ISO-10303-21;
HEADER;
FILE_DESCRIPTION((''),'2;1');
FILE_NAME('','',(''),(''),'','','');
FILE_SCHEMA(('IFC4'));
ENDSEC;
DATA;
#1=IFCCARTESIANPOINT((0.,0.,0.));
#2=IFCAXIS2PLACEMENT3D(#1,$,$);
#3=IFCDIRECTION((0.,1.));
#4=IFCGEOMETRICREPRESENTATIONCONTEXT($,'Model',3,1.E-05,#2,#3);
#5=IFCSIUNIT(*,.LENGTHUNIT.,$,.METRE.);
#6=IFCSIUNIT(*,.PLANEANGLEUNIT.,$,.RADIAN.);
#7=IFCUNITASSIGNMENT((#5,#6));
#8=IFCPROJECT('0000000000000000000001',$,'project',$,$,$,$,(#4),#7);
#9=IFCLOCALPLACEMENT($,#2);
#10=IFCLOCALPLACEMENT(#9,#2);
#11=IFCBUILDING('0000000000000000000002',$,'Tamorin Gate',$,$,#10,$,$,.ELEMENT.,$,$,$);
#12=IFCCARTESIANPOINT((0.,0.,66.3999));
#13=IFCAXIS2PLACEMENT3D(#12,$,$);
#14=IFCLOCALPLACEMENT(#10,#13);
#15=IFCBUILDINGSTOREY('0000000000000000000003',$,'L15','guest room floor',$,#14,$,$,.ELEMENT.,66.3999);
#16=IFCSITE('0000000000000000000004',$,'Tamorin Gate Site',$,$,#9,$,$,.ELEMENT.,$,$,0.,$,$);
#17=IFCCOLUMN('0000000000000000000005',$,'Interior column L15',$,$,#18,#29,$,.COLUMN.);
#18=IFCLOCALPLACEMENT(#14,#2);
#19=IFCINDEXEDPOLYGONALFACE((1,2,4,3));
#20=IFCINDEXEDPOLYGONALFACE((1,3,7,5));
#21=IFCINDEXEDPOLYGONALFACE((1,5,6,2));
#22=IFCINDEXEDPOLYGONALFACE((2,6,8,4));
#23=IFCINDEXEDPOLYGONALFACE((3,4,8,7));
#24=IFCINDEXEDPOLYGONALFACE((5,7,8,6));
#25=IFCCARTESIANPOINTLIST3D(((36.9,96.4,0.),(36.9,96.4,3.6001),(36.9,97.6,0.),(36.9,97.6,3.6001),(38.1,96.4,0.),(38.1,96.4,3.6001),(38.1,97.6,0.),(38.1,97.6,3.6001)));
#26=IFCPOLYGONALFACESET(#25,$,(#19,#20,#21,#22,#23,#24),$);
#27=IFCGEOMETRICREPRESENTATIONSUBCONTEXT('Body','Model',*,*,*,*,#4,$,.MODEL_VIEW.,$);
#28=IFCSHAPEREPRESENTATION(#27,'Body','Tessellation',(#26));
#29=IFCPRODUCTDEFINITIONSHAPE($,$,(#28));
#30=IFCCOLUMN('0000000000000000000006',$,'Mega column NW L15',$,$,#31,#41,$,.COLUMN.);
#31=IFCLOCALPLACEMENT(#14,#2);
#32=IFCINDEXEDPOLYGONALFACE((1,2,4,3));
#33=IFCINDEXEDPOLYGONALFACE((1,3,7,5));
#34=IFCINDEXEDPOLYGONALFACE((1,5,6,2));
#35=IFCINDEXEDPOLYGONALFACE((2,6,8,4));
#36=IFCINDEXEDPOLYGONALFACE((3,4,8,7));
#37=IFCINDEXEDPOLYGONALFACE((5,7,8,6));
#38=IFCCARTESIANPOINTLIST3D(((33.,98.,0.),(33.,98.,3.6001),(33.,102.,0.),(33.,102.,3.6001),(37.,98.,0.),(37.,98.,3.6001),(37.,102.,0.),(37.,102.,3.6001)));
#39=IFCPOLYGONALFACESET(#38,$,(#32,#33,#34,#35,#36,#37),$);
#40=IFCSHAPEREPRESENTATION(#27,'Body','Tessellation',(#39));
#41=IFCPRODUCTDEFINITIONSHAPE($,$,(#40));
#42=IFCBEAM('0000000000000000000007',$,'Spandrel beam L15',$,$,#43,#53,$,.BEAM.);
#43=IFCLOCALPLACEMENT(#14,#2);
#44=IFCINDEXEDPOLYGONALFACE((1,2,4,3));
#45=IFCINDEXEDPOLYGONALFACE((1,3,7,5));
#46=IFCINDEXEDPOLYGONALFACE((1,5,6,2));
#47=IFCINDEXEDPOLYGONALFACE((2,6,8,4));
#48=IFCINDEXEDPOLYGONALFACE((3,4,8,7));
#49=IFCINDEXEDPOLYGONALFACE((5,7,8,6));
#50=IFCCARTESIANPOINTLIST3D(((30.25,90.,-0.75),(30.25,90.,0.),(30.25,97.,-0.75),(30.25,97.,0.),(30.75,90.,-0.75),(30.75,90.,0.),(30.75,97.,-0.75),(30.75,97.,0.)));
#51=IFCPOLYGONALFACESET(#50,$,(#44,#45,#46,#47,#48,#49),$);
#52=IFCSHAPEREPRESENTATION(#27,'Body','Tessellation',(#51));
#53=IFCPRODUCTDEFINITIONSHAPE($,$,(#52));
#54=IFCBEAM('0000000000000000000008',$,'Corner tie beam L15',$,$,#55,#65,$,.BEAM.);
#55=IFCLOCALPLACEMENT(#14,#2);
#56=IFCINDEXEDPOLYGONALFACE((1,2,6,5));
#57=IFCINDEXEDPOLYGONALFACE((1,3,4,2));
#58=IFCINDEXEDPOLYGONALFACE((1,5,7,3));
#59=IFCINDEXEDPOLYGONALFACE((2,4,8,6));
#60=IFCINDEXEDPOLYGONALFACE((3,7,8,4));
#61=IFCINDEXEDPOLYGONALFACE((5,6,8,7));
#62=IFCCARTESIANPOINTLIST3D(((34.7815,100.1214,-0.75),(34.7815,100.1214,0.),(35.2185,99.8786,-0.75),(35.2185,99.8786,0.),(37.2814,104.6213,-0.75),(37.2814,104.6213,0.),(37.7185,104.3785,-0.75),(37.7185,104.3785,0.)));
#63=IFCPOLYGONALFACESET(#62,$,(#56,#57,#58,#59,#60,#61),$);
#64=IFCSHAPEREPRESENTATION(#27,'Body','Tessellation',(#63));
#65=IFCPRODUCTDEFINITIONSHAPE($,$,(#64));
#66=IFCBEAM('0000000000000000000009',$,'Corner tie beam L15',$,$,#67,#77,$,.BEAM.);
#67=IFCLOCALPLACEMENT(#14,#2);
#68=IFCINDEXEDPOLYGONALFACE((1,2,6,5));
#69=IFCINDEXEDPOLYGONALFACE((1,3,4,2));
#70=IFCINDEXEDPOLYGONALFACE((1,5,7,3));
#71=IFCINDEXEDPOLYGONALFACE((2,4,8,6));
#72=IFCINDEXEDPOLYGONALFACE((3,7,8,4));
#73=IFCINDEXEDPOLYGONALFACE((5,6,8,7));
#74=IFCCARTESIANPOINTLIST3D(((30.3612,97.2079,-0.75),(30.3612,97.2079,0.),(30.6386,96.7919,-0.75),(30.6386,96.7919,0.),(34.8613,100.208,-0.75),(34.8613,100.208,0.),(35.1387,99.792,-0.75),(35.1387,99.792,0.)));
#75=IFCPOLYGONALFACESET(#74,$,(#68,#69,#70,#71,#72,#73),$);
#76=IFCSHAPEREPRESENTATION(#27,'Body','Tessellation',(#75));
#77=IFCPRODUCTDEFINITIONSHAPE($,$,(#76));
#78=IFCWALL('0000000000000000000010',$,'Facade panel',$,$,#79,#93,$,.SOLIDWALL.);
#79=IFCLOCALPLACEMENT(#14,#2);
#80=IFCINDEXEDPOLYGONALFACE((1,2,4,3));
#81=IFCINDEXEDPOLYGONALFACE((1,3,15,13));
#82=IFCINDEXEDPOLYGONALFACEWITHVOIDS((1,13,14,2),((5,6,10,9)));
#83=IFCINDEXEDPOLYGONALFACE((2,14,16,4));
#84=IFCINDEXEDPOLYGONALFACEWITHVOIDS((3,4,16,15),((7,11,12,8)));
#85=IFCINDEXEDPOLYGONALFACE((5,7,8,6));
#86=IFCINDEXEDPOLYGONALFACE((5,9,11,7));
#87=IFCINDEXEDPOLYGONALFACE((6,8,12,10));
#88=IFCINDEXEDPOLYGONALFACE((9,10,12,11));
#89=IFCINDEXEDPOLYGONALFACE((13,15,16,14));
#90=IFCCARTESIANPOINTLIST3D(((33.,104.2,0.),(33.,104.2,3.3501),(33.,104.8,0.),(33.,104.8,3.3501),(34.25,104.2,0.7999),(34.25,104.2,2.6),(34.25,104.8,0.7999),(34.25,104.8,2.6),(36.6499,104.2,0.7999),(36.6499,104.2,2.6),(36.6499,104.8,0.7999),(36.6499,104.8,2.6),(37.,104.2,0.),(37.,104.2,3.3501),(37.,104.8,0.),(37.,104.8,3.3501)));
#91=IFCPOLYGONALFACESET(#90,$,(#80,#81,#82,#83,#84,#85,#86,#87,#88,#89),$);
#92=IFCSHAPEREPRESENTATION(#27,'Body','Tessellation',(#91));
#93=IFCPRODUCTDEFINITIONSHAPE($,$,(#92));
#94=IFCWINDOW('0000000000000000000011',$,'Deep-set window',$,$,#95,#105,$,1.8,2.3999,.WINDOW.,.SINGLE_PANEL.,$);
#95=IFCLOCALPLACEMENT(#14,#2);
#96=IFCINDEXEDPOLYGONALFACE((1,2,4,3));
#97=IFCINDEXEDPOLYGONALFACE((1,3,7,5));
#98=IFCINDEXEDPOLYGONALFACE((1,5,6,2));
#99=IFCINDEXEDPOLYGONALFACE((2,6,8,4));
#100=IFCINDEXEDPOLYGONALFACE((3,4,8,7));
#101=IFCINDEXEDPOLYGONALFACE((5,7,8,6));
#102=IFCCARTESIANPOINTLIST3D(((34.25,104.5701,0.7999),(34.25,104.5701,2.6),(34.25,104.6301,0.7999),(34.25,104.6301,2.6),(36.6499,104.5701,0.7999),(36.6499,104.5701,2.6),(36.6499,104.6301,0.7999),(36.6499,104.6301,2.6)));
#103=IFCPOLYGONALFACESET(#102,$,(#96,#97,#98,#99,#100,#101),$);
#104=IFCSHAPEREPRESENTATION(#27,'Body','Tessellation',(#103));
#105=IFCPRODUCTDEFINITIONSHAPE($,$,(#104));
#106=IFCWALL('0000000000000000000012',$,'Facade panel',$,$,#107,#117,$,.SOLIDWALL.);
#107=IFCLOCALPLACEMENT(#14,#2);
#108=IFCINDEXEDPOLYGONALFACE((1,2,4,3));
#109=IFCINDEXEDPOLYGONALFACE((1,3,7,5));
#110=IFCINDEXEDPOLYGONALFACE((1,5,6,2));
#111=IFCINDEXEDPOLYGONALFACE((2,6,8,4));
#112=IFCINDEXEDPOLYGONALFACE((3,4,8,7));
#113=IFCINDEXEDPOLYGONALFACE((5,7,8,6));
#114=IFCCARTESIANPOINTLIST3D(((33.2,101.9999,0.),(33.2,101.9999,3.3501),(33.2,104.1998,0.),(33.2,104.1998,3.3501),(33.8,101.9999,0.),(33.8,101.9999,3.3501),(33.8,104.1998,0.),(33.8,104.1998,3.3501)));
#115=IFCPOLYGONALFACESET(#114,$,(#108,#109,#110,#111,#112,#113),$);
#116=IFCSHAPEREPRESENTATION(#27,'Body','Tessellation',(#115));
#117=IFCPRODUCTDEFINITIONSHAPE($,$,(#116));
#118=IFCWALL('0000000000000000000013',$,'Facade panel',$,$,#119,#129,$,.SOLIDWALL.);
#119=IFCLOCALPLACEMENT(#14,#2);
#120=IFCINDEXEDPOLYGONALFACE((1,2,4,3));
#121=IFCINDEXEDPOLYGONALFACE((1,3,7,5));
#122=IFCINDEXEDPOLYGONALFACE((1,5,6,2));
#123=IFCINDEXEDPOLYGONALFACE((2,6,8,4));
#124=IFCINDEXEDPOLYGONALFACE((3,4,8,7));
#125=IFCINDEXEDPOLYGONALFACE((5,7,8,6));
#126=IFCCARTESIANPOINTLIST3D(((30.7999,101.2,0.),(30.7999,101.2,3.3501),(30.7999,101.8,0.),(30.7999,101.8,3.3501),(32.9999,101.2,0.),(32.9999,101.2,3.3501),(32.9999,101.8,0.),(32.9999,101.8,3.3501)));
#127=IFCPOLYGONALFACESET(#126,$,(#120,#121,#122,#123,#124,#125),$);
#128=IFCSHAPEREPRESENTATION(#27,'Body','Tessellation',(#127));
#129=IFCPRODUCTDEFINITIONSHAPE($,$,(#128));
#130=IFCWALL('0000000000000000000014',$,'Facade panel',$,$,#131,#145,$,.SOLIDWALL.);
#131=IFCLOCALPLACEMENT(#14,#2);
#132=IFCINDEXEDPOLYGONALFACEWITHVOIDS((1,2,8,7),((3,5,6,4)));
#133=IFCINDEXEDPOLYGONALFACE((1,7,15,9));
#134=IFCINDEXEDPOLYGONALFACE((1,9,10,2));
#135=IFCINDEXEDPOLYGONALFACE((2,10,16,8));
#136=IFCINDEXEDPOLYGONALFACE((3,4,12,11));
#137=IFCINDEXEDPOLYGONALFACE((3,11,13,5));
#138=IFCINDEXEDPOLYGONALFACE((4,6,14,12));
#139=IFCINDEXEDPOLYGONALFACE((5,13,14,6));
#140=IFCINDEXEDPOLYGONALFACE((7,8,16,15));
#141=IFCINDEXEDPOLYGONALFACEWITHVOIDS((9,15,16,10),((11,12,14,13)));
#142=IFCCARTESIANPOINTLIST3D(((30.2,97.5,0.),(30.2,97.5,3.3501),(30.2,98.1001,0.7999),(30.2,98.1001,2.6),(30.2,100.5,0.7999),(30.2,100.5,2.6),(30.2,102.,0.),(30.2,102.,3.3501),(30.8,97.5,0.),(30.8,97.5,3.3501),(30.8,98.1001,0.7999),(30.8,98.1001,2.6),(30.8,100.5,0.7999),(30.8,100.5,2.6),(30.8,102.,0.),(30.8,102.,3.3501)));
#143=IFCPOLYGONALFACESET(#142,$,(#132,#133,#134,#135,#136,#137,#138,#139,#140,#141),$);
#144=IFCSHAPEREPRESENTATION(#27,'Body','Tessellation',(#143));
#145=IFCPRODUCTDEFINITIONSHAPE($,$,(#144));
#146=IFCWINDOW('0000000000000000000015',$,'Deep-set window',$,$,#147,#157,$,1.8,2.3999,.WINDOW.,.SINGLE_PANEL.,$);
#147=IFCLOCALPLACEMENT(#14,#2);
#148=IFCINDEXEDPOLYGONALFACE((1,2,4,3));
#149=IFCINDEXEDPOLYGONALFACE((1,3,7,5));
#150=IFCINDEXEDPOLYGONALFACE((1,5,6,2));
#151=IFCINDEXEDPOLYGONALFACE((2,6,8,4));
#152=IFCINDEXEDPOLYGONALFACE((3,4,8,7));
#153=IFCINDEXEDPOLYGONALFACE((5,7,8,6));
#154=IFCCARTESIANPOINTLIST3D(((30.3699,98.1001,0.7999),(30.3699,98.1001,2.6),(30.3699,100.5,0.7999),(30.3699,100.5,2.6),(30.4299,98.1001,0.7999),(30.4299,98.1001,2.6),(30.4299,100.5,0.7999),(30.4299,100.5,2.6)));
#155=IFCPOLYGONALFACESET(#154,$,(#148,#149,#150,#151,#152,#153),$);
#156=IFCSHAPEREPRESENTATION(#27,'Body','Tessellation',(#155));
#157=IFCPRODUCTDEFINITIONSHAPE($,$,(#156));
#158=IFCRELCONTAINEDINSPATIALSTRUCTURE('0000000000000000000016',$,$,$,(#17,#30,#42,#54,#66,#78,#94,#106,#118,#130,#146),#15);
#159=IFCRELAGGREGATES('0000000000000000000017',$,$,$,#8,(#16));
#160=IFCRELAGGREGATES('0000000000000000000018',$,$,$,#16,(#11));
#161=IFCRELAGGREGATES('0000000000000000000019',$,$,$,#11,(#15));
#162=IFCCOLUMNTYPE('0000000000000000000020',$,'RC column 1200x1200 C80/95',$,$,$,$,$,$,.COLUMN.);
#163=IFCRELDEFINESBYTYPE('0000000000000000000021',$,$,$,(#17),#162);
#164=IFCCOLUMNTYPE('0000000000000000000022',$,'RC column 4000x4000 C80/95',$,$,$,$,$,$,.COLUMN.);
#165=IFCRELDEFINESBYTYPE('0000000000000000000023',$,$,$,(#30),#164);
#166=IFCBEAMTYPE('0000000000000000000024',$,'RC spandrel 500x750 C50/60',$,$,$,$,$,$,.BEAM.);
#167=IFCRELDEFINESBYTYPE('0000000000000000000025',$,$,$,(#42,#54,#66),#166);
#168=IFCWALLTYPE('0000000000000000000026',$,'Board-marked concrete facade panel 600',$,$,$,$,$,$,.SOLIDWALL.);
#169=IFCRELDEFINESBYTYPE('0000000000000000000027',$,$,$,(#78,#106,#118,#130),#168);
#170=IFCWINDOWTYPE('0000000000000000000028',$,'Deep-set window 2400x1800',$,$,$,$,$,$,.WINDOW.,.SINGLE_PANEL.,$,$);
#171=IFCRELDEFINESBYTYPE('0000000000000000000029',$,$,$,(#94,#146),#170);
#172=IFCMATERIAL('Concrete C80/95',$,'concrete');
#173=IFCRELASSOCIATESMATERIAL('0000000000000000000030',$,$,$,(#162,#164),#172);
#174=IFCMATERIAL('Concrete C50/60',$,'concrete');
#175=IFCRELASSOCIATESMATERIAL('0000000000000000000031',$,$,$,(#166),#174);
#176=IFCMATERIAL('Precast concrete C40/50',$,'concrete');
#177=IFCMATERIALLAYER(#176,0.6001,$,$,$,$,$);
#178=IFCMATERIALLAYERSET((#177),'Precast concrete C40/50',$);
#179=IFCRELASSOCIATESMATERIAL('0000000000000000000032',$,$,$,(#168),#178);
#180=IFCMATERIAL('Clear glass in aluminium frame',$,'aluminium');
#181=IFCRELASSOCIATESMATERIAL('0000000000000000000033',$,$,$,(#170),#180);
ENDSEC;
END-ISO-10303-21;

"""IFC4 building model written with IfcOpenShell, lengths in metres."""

from ifc_helpers import new_model, si_unit, direction, frame, frame_2d, origin, origin_2d, place, context, subcontext, project, spatial, rectangle, extrude, material, layer, layer_set, material_profile, profile_set, type_object, element, fill, save


model = new_model("IFC4")

# Units and contexts
model_context = context("Model", 3, precision=1e-05, world=origin(), true_north=direction((0.0, 1.0)))
body_context = subcontext(model_context, "Body", "Model", "MODEL_VIEW")
ifc_project = project(units=[si_unit("LENGTHUNIT", "METRE"), si_unit("PLANEANGLEUNIT", "RADIAN")], contexts=[model_context])

# Site, building, storey
site_placement = place(None, origin())
site = spatial("IfcSite", under=ifc_project, at=site_placement, Name="Tamorin Gate Site", CompositionType="ELEMENT", RefElevation=0.0)
building_placement = place(site_placement, origin())
building = spatial("IfcBuilding", under=site, at=building_placement, Name="Tamorin Gate", CompositionType="ELEMENT")
storey_placement = place(building_placement, frame((0.0, 0.0, 66.3999)))
storey = spatial("IfcBuildingStorey", under=building, at=storey_placement, Name="L15", Description="guest room floor", CompositionType="ELEMENT", Elevation=66.3999)

# Columns
ifc_material_1 = material(Name="Concrete C80/95", Category="concrete")
ifc_material_profile_1 = material_profile(ifc_material_1, rectangle(XDim=1.2, YDim=1.2, at=origin_2d()), Name="RC 1200x1200")
ifc_profile_set_1 = profile_set([ifc_material_profile_1], Name="Concrete C80/95")
column_type_1 = type_object("IfcColumnType", Name="RC column 1200x1200 C80/95", PredefinedType="COLUMN", material=ifc_profile_set_1)
column_1_placement = place(storey_placement, frame((37.5, 97.0, 0.0), z_axis=(0.0, 0.0, 1.0), x_axis=(1.0, 0.0, 0.0)))
element("IfcColumn", 1, at=column_1_placement, inside=storey, type_object=column_type_1, Name="Interior column L15", PredefinedType="COLUMN", context=body_context, shape_type="SweptSolid", body=[
    extrude(rectangle(XDim=1.2, YDim=1.2, at=origin_2d()), origin(), (0.0, 0.0, 1.0), 3.6001),
])
ifc_material_profile_2 = material_profile(ifc_material_1, rectangle(XDim=4.0, YDim=4.0, at=origin_2d()), Name="RC 4000x4000")
ifc_profile_set_2 = profile_set([ifc_material_profile_2], Name="Concrete C80/95")
column_type_2 = type_object("IfcColumnType", Name="RC column 4000x4000 C80/95", PredefinedType="COLUMN", material=ifc_profile_set_2)
column_2_placement = place(storey_placement, frame((35.0, 100.0, 0.0), z_axis=(0.0, 0.0, 1.0), x_axis=(1.0, 0.0, 0.0)))
element("IfcColumn", 2, at=column_2_placement, inside=storey, type_object=column_type_2, Name="Mega column NW L15", PredefinedType="COLUMN", context=body_context, shape_type="SweptSolid", body=[
    extrude(rectangle(XDim=4.0, YDim=4.0, at=origin_2d()), origin(), (0.0, 0.0, 1.0), 3.6001),
])

# Beams
ifc_material_2 = material(Name="Concrete C50/60", Category="concrete")
ifc_material_profile_3 = material_profile(ifc_material_2, rectangle(XDim=0.5, YDim=0.75, at=origin_2d()), Name="RC 500x750")
ifc_profile_set_3 = profile_set([ifc_material_profile_3], Name="Concrete C50/60")
beam_type = type_object("IfcBeamType", Name="RC spandrel 500x750 C50/60", PredefinedType="BEAM", material=ifc_profile_set_3)
beam_1_placement = place(storey_placement, frame((30.5, 97.0, -0.375), z_axis=(0.0, -1.0, 0.0), x_axis=(1.0, 0.0, 0.0)))
element("IfcBeam", 3, at=beam_1_placement, inside=storey, type_object=beam_type, Name="Spandrel beam L15", PredefinedType="BEAM", context=body_context, shape_type="SweptSolid", body=[
    extrude(rectangle(XDim=0.5, YDim=0.75, at=origin_2d()), origin(), (0.0, 0.0, 1.0), 7.0),
])
beam_2_placement = place(storey_placement, frame((35.0, 100.0, -0.375), z_axis=(0.485643, 0.874157, 0.0), x_axis=(-0.874157, 0.485643, 0.0)))
element("IfcBeam", 4, at=beam_2_placement, inside=storey, type_object=beam_type, Name="Corner tie beam L15", PredefinedType="BEAM", context=body_context, shape_type="SweptSolid", body=[
    extrude(rectangle(XDim=0.5, YDim=0.75, at=origin_2d()), origin(), (0.0, 0.0, 1.0), 5.1477),
])
beam_3_placement = place(storey_placement, frame((35.0, 100.0, -0.375), z_axis=(-0.83205, -0.5547, 0.0), x_axis=(0.5547, -0.83205, 0.0)))
element("IfcBeam", 5, at=beam_3_placement, inside=storey, type_object=beam_type, Name="Corner tie beam L15", PredefinedType="BEAM", context=body_context, shape_type="SweptSolid", body=[
    extrude(rectangle(XDim=0.5, YDim=0.75, at=origin_2d()), origin(), (0.0, 0.0, 1.0), 5.4084),
])

# Wall, opening, window
ifc_material_3 = material(Name="Precast concrete C40/50", Category="concrete")
ifc_layer_1 = layer(ifc_material_3, 0.6001)
ifc_layer_set_1 = layer_set([ifc_layer_1], Name="Precast concrete C40/50")
wall_type_1 = type_object("IfcWallType", Name="Board-marked concrete facade panel 600", PredefinedType="SOLIDWALL", material=ifc_layer_set_1)
wall_1_placement = place(storey_placement, frame((37.0, 104.5, 0.0), z_axis=(0.0, 0.0, 1.0), x_axis=(-1.0, 0.0, 0.0)))
wall_1 = element("IfcWall", 6, at=wall_1_placement, inside=storey, type_object=wall_type_1, Name="Facade panel", PredefinedType="SOLIDWALL", context=body_context, shape_type="SweptSolid", body=[
    extrude(rectangle(XDim=4.0, YDim=0.6001, at=frame_2d((2.0, 0.0))), origin(), (0.0, 0.0, 1.0), 3.3501),
])
opening_1_placement = place(wall_1_placement, frame((0.3501, 0.0, 0.8)))
opening_1 = element("IfcOpeningElement", 7, at=opening_1_placement, cuts=wall_1, PredefinedType="OPENING", context=body_context, shape_type="SweptSolid", body=[
    extrude(rectangle(XDim=2.3999, YDim=1.8, at=frame_2d((1.2, 0.8999))), frame((0.0, 0.3101, 0.0), z_axis=(0.0, -1.0, 0.0), x_axis=(1.0, 0.0, 0.0)), (0.0, 0.0, 1.0), 0.6201),
])
ifc_material_4 = material(Name="Clear glass in aluminium frame", Category="aluminium")
window_type = type_object("IfcWindowType", Name="Deep-set window 2400x1800", PartitioningType="SINGLE_PANEL", PredefinedType="WINDOW", material=ifc_material_4)
window_1_placement = place(opening_1_placement, origin())
window_1 = element("IfcWindow", 8, at=window_1_placement, inside=storey, type_object=window_type, Name="Deep-set window", OverallHeight=1.8, OverallWidth=2.3999, PartitioningType="SINGLE_PANEL", PredefinedType="WINDOW", context=body_context, shape_type="SweptSolid", body=[
    extrude(rectangle(XDim=2.3999, YDim=1.8, at=frame_2d((1.2, 0.8999))), frame((0.0, -0.0701, 0.0), z_axis=(0.0, -1.0, 0.0), x_axis=(1.0, 0.0, 0.0)), (0.0, 0.0, 1.0), 0.0601),
])
fill(opening_1, window_1)

# Walls
for number, where, z_axis, x_axis, name in (
    (9, (33.5, 104.2, 0.0), (0.0, 0.0, 1.0), (0.0, -1.0, 0.0), "Facade panel"),
    (10, (33.0, 101.5, 0.0), (0.0, 0.0, 1.0), (-1.0, 0.0, 0.0), "Facade panel"),
):
    element("IfcWall", number, at=place(storey_placement, frame(where, z_axis=z_axis, x_axis=x_axis)), inside=storey, type_object=wall_type_1, Name=name, PredefinedType="SOLIDWALL", context=body_context, shape_type="SweptSolid", body=[
        extrude(rectangle(XDim=2.2, YDim=0.6001, at=frame_2d((1.1001, 0.0))), origin(), (0.0, 0.0, 1.0), 3.3501),
    ])

# Wall, opening, window
wall_2_placement = place(storey_placement, frame((30.5, 102.0, 0.0), z_axis=(0.0, 0.0, 1.0), x_axis=(0.0, -1.0, 0.0)))
wall_2 = element("IfcWall", 11, at=wall_2_placement, inside=storey, type_object=wall_type_1, Name="Facade panel", PredefinedType="SOLIDWALL", context=body_context, shape_type="SweptSolid", body=[
    extrude(rectangle(XDim=4.5, YDim=0.6001, at=frame_2d((2.25, 0.0))), origin(), (0.0, 0.0, 1.0), 3.3501),
])
opening_2_placement = place(wall_2_placement, frame((1.5, 0.0, 0.8)))
opening_2 = element("IfcOpeningElement", 12, at=opening_2_placement, cuts=wall_2, PredefinedType="OPENING", context=body_context, shape_type="SweptSolid", body=[
    extrude(rectangle(XDim=2.3999, YDim=1.8, at=frame_2d((1.2, 0.8999))), frame((0.0, 0.3101, 0.0), z_axis=(0.0, -1.0, 0.0), x_axis=(1.0, 0.0, 0.0)), (0.0, 0.0, 1.0), 0.6201),
])
window_2_placement = place(opening_2_placement, origin())
window_2 = element("IfcWindow", 13, at=window_2_placement, inside=storey, type_object=window_type, Name="Deep-set window", OverallHeight=1.8, OverallWidth=2.3999, PartitioningType="SINGLE_PANEL", PredefinedType="WINDOW", context=body_context, shape_type="SweptSolid", body=[
    extrude(rectangle(XDim=2.3999, YDim=1.8, at=frame_2d((1.2, 0.8999))), frame((0.0, -0.0701, 0.0), z_axis=(0.0, -1.0, 0.0), x_axis=(1.0, 0.0, 0.0)), (0.0, 0.0, 1.0), 0.0601),
])
fill(opening_2, window_2)

save(model, "model.ifc")
